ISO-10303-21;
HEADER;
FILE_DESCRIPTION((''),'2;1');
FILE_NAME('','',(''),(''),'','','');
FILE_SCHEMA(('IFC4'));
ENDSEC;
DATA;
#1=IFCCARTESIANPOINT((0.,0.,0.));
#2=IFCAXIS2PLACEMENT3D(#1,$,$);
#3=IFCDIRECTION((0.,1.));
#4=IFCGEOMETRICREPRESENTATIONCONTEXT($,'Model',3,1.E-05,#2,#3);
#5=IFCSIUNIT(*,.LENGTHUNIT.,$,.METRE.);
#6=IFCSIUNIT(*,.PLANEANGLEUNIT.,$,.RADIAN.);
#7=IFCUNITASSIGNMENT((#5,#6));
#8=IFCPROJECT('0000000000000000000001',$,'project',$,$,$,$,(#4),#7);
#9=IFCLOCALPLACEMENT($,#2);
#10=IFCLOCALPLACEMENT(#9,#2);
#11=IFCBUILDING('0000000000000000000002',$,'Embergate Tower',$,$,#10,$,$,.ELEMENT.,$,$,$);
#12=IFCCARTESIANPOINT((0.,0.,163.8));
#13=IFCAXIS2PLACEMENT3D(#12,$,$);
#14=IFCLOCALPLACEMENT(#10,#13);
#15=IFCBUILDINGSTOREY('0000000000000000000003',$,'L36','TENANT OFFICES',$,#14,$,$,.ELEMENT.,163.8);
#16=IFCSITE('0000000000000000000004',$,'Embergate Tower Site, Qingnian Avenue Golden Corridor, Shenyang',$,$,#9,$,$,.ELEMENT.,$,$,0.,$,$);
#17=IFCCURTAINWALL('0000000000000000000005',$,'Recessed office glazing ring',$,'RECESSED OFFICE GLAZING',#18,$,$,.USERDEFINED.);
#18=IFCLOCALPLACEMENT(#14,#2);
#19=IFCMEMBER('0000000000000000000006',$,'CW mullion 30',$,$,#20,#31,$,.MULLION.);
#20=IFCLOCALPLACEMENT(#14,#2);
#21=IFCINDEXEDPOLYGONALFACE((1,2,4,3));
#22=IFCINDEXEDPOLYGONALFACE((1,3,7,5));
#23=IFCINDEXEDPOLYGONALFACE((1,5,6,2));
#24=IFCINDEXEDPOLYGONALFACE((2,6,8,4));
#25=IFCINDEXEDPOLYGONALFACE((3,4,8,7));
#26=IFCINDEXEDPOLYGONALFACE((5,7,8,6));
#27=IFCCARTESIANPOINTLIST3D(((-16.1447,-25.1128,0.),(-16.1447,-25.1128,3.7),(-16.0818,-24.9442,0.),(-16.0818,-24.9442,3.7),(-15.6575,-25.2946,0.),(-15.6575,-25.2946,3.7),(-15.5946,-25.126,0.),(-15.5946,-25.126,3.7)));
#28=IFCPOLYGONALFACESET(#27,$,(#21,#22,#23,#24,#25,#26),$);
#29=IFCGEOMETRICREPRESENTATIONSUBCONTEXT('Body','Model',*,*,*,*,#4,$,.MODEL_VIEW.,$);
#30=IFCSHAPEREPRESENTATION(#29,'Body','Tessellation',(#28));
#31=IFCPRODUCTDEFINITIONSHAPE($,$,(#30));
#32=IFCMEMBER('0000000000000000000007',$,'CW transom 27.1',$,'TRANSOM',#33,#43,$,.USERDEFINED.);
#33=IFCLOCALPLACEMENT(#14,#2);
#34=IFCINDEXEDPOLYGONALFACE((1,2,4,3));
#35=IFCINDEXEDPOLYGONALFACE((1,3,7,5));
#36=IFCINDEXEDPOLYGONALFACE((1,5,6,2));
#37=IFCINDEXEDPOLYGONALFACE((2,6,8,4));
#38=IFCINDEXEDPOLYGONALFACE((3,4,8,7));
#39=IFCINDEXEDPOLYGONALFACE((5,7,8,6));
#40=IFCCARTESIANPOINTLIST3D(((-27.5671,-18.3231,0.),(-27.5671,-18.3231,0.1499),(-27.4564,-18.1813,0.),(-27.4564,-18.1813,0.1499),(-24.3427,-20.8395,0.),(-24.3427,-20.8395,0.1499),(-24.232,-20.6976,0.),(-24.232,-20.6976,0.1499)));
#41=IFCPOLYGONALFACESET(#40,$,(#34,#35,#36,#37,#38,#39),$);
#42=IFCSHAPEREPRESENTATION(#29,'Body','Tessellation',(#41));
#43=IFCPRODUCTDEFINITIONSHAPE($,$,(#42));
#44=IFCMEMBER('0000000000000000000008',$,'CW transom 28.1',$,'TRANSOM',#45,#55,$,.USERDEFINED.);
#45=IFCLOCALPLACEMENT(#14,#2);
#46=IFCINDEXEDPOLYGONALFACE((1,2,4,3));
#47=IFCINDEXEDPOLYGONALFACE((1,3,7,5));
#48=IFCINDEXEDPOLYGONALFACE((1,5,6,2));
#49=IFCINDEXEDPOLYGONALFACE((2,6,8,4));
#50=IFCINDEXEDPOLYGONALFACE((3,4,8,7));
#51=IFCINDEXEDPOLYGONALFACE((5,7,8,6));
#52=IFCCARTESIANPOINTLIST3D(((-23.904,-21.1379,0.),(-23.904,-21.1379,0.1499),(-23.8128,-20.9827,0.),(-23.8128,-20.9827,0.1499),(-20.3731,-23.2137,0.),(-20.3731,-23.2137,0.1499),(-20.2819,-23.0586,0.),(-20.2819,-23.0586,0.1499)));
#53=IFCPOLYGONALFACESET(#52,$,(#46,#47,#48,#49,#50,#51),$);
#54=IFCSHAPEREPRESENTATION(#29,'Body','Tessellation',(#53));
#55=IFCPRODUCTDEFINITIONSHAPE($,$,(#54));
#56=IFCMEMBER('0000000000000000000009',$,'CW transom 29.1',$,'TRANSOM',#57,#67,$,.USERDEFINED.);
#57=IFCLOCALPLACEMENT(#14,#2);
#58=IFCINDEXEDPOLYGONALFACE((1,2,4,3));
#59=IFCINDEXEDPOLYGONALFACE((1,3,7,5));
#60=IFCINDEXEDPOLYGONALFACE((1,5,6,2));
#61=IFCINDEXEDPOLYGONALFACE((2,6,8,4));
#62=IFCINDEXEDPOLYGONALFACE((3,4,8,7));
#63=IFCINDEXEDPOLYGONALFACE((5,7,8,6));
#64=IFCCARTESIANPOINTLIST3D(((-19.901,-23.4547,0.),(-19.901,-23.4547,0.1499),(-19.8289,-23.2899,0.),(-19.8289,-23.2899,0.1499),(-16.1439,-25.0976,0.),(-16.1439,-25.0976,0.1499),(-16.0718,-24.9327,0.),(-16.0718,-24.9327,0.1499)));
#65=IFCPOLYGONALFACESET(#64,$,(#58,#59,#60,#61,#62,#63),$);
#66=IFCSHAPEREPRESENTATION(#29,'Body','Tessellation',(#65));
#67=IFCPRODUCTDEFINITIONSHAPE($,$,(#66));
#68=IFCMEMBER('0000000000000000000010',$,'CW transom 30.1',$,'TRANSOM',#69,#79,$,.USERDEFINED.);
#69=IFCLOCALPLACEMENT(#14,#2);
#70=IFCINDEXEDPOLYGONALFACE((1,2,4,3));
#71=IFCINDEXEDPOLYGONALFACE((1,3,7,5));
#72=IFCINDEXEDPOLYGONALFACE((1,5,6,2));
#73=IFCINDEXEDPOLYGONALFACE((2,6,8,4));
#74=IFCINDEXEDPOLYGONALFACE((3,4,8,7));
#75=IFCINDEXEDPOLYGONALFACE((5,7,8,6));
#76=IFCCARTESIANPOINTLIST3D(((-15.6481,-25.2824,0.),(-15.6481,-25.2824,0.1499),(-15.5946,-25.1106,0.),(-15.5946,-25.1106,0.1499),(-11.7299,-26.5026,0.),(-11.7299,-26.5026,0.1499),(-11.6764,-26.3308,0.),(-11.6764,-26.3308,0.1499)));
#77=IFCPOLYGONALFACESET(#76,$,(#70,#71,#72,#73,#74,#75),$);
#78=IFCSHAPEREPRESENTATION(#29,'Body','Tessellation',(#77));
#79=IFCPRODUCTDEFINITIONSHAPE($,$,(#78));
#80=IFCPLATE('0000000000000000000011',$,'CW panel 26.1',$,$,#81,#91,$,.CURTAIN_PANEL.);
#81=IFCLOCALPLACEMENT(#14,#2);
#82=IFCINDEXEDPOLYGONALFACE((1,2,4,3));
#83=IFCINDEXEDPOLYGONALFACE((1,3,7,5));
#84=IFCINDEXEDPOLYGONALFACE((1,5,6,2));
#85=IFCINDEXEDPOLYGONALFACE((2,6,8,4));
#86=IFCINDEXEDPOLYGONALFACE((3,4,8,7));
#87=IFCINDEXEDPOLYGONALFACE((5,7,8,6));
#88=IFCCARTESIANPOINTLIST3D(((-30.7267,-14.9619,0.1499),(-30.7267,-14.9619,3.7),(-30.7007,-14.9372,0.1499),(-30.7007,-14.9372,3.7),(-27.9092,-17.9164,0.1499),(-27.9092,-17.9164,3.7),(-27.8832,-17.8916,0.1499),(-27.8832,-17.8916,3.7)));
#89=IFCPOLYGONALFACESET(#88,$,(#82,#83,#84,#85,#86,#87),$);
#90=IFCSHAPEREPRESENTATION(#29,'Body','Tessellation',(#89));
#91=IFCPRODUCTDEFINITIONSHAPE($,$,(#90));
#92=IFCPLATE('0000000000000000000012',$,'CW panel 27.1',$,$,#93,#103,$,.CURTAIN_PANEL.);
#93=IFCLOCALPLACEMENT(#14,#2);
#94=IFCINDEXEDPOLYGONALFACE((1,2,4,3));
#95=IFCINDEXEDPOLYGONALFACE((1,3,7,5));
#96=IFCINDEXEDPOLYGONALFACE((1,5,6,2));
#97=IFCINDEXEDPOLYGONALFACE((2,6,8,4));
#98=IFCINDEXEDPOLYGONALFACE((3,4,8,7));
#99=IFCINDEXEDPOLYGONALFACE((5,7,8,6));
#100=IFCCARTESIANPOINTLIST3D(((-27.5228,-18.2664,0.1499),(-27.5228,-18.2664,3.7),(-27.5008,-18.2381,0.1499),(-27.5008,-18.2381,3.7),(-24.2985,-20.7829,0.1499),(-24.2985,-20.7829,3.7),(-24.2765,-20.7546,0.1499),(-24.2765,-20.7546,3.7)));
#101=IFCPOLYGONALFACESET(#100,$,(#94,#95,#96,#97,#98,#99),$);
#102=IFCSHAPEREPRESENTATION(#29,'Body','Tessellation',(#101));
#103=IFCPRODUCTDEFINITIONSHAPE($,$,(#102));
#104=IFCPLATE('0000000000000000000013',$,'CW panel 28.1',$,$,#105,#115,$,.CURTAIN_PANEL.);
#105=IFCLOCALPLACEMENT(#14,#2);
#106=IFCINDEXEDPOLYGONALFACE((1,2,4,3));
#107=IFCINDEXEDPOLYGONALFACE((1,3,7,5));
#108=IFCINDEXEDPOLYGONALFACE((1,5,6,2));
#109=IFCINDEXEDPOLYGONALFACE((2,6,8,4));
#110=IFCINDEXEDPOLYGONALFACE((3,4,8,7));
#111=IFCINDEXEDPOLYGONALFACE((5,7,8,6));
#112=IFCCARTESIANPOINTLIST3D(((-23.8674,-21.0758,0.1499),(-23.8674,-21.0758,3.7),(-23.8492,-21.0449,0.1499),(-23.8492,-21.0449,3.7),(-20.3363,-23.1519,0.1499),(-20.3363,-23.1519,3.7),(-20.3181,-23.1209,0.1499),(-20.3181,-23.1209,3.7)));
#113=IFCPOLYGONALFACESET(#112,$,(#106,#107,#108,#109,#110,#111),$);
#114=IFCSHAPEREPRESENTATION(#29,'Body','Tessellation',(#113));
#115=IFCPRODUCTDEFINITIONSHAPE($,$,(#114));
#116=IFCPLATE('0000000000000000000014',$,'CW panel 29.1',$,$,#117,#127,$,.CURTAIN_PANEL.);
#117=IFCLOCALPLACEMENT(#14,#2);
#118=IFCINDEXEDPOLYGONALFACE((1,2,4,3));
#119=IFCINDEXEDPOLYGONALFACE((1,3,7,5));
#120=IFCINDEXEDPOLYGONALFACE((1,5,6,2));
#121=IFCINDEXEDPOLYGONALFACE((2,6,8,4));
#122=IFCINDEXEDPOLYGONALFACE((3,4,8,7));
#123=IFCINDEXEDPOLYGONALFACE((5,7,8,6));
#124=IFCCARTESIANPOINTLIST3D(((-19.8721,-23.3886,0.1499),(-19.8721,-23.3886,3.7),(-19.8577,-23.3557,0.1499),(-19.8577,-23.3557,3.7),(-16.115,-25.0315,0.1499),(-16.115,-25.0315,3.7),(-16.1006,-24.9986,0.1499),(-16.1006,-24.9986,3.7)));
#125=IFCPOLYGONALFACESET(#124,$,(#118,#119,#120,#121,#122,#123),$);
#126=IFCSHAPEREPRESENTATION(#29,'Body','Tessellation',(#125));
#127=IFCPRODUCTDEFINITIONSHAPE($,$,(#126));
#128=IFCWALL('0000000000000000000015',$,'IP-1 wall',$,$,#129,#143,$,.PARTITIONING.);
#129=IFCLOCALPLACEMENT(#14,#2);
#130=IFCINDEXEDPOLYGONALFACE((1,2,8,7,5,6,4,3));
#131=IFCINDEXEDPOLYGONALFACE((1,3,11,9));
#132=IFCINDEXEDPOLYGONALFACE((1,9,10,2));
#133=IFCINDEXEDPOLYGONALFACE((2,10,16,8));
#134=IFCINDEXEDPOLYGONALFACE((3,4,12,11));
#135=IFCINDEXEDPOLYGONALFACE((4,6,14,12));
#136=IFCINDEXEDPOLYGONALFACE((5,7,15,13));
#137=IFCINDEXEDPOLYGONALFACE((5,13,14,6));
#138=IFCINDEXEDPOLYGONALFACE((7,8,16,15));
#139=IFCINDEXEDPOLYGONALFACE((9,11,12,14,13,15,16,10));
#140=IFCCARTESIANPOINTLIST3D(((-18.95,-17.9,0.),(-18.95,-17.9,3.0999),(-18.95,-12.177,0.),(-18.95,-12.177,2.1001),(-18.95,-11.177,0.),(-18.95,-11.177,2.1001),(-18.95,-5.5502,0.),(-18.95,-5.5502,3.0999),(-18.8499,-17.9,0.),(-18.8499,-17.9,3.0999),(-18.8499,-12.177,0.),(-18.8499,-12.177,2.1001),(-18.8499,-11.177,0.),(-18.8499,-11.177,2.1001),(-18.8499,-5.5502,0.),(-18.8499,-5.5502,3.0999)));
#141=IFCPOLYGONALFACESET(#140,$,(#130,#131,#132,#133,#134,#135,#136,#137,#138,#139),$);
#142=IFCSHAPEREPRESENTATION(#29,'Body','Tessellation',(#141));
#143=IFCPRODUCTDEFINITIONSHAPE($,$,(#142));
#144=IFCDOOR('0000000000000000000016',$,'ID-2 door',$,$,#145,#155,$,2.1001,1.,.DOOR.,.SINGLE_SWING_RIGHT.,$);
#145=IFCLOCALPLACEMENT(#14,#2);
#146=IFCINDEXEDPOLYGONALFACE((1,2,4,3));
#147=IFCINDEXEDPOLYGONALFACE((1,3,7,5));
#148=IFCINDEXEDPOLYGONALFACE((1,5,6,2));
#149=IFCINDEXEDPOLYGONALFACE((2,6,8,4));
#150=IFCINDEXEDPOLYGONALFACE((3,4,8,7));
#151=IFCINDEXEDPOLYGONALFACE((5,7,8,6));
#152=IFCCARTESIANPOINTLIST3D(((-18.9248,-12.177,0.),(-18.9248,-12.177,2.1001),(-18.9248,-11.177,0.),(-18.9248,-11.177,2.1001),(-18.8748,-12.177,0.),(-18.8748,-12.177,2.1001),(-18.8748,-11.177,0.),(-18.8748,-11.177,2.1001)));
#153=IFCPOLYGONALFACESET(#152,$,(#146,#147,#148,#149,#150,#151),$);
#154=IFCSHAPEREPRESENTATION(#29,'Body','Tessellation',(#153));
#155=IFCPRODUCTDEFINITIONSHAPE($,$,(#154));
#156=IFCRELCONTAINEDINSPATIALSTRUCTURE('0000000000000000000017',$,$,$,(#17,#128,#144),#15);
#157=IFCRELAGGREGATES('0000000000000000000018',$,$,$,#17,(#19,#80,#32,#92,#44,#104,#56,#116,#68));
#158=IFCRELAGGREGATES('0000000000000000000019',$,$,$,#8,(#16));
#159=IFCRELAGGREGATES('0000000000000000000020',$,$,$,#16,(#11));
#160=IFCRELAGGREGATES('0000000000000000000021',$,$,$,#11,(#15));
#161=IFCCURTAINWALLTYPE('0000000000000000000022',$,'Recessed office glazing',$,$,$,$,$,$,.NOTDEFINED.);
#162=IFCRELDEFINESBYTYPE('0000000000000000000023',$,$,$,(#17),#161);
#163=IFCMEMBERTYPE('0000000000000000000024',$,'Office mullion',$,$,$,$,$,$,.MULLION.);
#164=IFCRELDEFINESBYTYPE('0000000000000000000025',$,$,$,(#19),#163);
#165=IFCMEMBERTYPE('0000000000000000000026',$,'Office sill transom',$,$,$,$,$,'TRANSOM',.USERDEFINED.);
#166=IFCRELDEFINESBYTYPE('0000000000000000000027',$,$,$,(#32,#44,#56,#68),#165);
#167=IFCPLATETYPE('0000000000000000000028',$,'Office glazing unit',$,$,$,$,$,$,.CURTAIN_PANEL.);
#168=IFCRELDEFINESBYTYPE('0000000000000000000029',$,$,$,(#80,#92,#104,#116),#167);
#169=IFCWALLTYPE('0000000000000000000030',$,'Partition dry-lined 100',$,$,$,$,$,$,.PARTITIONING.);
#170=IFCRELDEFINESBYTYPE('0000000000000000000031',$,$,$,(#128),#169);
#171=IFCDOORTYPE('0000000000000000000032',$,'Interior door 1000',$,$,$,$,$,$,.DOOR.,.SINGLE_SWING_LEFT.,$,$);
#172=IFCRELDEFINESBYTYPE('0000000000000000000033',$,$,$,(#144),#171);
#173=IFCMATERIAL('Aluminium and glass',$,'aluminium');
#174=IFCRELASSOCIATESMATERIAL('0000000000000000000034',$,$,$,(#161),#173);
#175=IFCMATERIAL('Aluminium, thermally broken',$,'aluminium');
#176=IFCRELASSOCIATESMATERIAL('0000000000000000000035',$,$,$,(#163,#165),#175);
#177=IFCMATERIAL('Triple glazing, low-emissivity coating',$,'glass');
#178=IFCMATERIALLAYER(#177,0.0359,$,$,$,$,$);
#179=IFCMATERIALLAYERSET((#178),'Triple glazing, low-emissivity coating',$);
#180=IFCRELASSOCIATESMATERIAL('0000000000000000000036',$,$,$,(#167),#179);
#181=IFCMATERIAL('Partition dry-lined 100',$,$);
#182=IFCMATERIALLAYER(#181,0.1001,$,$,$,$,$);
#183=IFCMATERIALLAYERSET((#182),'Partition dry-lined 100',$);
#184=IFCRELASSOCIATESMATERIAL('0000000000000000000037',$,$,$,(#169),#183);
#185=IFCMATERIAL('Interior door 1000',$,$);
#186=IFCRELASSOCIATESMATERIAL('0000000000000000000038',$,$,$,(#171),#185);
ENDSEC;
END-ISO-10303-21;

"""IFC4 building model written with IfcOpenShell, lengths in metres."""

from ifc_helpers import new_model, si_unit, direction, frame, frame_2d, origin, origin_2d, place, context, subcontext, project, spatial, rectangle, extrude, source, transform, mapped, material, layer, layer_set, material_profile, profile_set, type_object, element, fill, aggregate, save


model = new_model("IFC4")

# Units and contexts
model_context = context("Model", 3, precision=1e-05, world=origin(), true_north=direction((0.0, 1.0)))
body_context = subcontext(model_context, "Body", "Model", "MODEL_VIEW")
ifc_project = project(units=[si_unit("LENGTHUNIT", "METRE"), si_unit("PLANEANGLEUNIT", "RADIAN")], contexts=[model_context])

# Site, building, storey
site_placement = place(None, origin())
site = spatial("IfcSite", under=ifc_project, at=site_placement, Name="Embergate Tower Site, Qingnian Avenue Golden Corridor, Shenyang", CompositionType="ELEMENT", RefElevation=0.0)
building_placement = place(site_placement, origin())
building = spatial("IfcBuilding", under=site, at=building_placement, Name="Embergate Tower", CompositionType="ELEMENT")
storey_placement = place(building_placement, frame((0.0, 0.0, 163.8)))
storey = spatial("IfcBuildingStorey", under=building, at=storey_placement, Name="L36", Description="TENANT OFFICES", CompositionType="ELEMENT", Elevation=163.8)

# Curtain wall, members, plates
ifc_material_1 = material(Name="Aluminium and glass", Category="aluminium")
curtain_wall_type = type_object("IfcCurtainWallType", Name="Recessed office glazing", PredefinedType="NOTDEFINED", material=ifc_material_1)
curtain_wall_placement = place(storey_placement, origin())
curtain_wall = element("IfcCurtainWall", 1, at=curtain_wall_placement, inside=storey, type_object=curtain_wall_type, Name="Recessed office glazing ring", ObjectType="RECESSED OFFICE GLAZING", PredefinedType="USERDEFINED")
ifc_material_2 = material(Name="Aluminium, thermally broken", Category="aluminium")
ifc_material_profile_1 = material_profile(ifc_material_2, rectangle(XDim=0.1799, YDim=0.52, at=origin_2d()), Name="AL 520x180")
ifc_profile_set_1 = profile_set([ifc_material_profile_1], Name="Aluminium, thermally broken")
member_type_1 = type_object("IfcMemberType", Name="Office mullion", PredefinedType="MULLION", material=ifc_profile_set_1)
shared_shape_1 = source(origin(), body_context, "Body", "SweptSolid", [
    extrude(rectangle(XDim=0.1799, YDim=0.52, at=origin_2d()), origin(), (0.0, 0.0, 1.0), 3.7),
])
member_1_placement = place(storey_placement, frame((-15.8696, -25.1194, 0.0), z_axis=(0.0, 0.0, 1.0), x_axis=(0.349503, 0.936935, 0.0)))
member_1 = element("IfcMember", 2, at=member_1_placement, type_object=member_type_1, Name="CW mullion 30", PredefinedType="MULLION", context=body_context, shape_type="MappedRepresentation", body=[
    mapped(shared_shape_1, transform((0.0, 0.0, 0.0))),
])
ifc_material_profile_2 = material_profile(ifc_material_2, rectangle(XDim=0.1799, YDim=0.1499, at=origin_2d()), Name="AL 150x180")
ifc_profile_set_2 = profile_set([ifc_material_profile_2], Name="Aluminium, thermally broken")
member_type_2 = type_object("IfcMemberType", Name="Office sill transom", ElementType="TRANSOM", PredefinedType="USERDEFINED", material=ifc_profile_set_2)
shared_shape_2 = source(origin(), body_context, "Body", "SweptSolid", [
    extrude(rectangle(XDim=0.1799, YDim=0.1499, at=origin_2d()), origin(), (0.0, 0.0, 1.0), 4.0901),
])
member_2_placement = place(storey_placement, frame((-27.5117, -18.2522, 0.075), z_axis=(0.788342, -0.615237, 0.0), x_axis=(0.615237, 0.788342, 0.0)))
member_2 = element("IfcMember", 3, at=member_2_placement, type_object=member_type_2, Name="CW transom 27.1", ObjectType="TRANSOM", PredefinedType="USERDEFINED", context=body_context, shape_type="MappedRepresentation", body=[
    mapped(shared_shape_2, transform((0.0, 0.0, 0.0))),
])
shared_shape_3 = source(origin(), body_context, "Body", "SweptSolid", [
    extrude(rectangle(XDim=0.1799, YDim=0.1499, at=origin_2d()), origin(), (0.0, 0.0, 1.0), 4.0959),
])
member_3_placement = place(storey_placement, frame((-23.8584, -21.0603, 0.075), z_axis=(0.862055, -0.506814, 0.0), x_axis=(0.506814, 0.862055, 0.0)))
member_3 = element("IfcMember", 4, at=member_3_placement, type_object=member_type_2, Name="CW transom 28.1", ObjectType="TRANSOM", PredefinedType="USERDEFINED", context=body_context, shape_type="MappedRepresentation", body=[
    mapped(shared_shape_3, transform((0.0, 0.0, 0.0))),
])
shared_shape_4 = source(origin(), body_context, "Body", "SweptSolid", [
    extrude(rectangle(XDim=0.1799, YDim=0.1499, at=origin_2d()), origin(), (0.0, 0.0, 1.0), 4.1006),
])
member_4_placement = place(storey_placement, frame((-19.865, -23.3723, 0.075), z_axis=(0.916238, -0.400635, 0.0), x_axis=(0.400635, 0.916238, 0.0)))
member_4 = element("IfcMember", 5, at=member_4_placement, type_object=member_type_2, Name="CW transom 29.1", ObjectType="TRANSOM", PredefinedType="USERDEFINED", context=body_context, shape_type="MappedRepresentation", body=[
    mapped(shared_shape_4, transform((0.0, 0.0, 0.0))),
])
shared_shape_5 = source(origin(), body_context, "Body", "SweptSolid", [
    extrude(rectangle(XDim=0.1799, YDim=0.1499, at=origin_2d()), origin(), (0.0, 0.0, 1.0), 4.1038),
])
member_5_placement = place(storey_placement, frame((-15.6213, -25.1965, 0.075), z_axis=(0.954773, -0.297337, 0.0), x_axis=(0.297337, 0.954773, 0.0)))
member_5 = element("IfcMember", 6, at=member_5_placement, type_object=member_type_2, Name="CW transom 30.1", ObjectType="TRANSOM", PredefinedType="USERDEFINED", context=body_context, shape_type="MappedRepresentation", body=[
    mapped(shared_shape_5, transform((0.0, 0.0, 0.0))),
])
ifc_material_3 = material(Name="Triple glazing, low-emissivity coating", Category="glass")
ifc_layer_1 = layer(ifc_material_3, 0.0359)
ifc_layer_set_1 = layer_set([ifc_layer_1], Name="Triple glazing, low-emissivity coating")
plate_type = type_object("IfcPlateType", Name="Office glazing unit", PredefinedType="CURTAIN_PANEL", material=ifc_layer_set_1)
shared_shape_6 = source(origin(), body_context, "Body", "SweptSolid", [
    extrude(rectangle(XDim=4.0825, YDim=0.0359, at=origin_2d()), origin(), (0.0, 0.0, 1.0), 3.55),
])
plate_1_placement = place(storey_placement, frame((-29.3049, -16.4268, 0.1499), z_axis=(0.0, 0.0, 1.0), x_axis=(0.690135, -0.723681, 0.0)))
plate_1 = element("IfcPlate", 7, at=plate_1_placement, type_object=plate_type, Name="CW panel 26.1", PredefinedType="CURTAIN_PANEL", context=body_context, shape_type="MappedRepresentation", body=[
    mapped(shared_shape_6, transform((0.0, 0.0, 0.0))),
])
shared_shape_7 = source(origin(), body_context, "Body", "SweptSolid", [
    extrude(rectangle(XDim=4.0901, YDim=0.0359, at=origin_2d()), origin(), (0.0, 0.0, 1.0), 3.55),
])
plate_2_placement = place(storey_placement, frame((-25.8997, -19.5105, 0.1499), z_axis=(0.0, 0.0, 1.0), x_axis=(0.78832, -0.615265, 0.0)))
plate_2 = element("IfcPlate", 8, at=plate_2_placement, type_object=plate_type, Name="CW panel 27.1", PredefinedType="CURTAIN_PANEL", context=body_context, shape_type="MappedRepresentation", body=[
    mapped(shared_shape_7, transform((0.0, 0.0, 0.0))),
])
shared_shape_8 = source(origin(), body_context, "Body", "SweptSolid", [
    extrude(rectangle(XDim=4.0962, YDim=0.0359, at=origin_2d()), origin(), (0.0, 0.0, 1.0), 3.55),
])
plate_3_placement = place(storey_placement, frame((-22.0928, -22.0984, 0.1499), z_axis=(0.0, 0.0, 1.0), x_axis=(0.862053, -0.506818, 0.0)))
plate_3 = element("IfcPlate", 9, at=plate_3_placement, type_object=plate_type, Name="CW panel 28.1", PredefinedType="CURTAIN_PANEL", context=body_context, shape_type="MappedRepresentation", body=[
    mapped(shared_shape_8, transform((0.0, 0.0, 0.0))),
])
shared_shape_9 = source(origin(), body_context, "Body", "SweptSolid", [
    extrude(rectangle(XDim=4.1006, YDim=0.0359, at=origin_2d()), origin(), (0.0, 0.0, 1.0), 3.55),
])
plate_4_placement = place(storey_placement, frame((-17.9863, -24.1936, 0.1499), z_axis=(0.0, 0.0, 1.0), x_axis=(0.916236, -0.400638, 0.0)))
plate_4 = element("IfcPlate", 10, at=plate_4_placement, type_object=plate_type, Name="CW panel 29.1", PredefinedType="CURTAIN_PANEL", context=body_context, shape_type="MappedRepresentation", body=[
    mapped(shared_shape_9, transform((0.0, 0.0, 0.0))),
])
aggregate(curtain_wall, [member_1, plate_1, member_2, plate_2, member_3, plate_3, member_4, plate_4, member_5])

# Wall, opening, door
ifc_material_4 = material(Name="Partition dry-lined 100")
ifc_layer_2 = layer(ifc_material_4, 0.1001)
ifc_layer_set_2 = layer_set([ifc_layer_2], Name="Partition dry-lined 100")
wall_type = type_object("IfcWallType", Name="Partition dry-lined 100", PredefinedType="PARTITIONING", material=ifc_layer_set_2)
shared_shape_10 = source(origin(), body_context, "Body", "SweptSolid", [
    extrude(rectangle(XDim=12.3499, YDim=0.1001, at=frame_2d((6.1748, 0.0))), origin(), (0.0, 0.0, 1.0), 3.0999),
])
wall_placement = place(storey_placement, frame((-18.8999, -17.8999, 0.0), z_axis=(0.0, 0.0, 1.0), x_axis=(0.0, 1.0, 0.0)))
wall = element("IfcWall", 11, at=wall_placement, inside=storey, type_object=wall_type, Name="IP-1 wall", PredefinedType="PARTITIONING", context=body_context, shape_type="MappedRepresentation", body=[
    mapped(shared_shape_10, transform((0.0, 0.0, 0.0))),
])
shared_shape_11 = source(origin(), body_context, "Body", "SweptSolid", [
    extrude(rectangle(XDim=1.0, YDim=2.1001, at=frame_2d((0.5, 1.05))), frame((0.0, 0.0601, 0.0), z_axis=(0.0, -1.0, 0.0), x_axis=(1.0, 0.0, 0.0)), (0.0, 0.0, 1.0), 0.1201),
])
opening_placement = place(wall_placement, frame((5.7229, 0.0, 0.0)))
opening = element("IfcOpeningElement", 12, at=opening_placement, cuts=wall, PredefinedType="OPENING", context=body_context, shape_type="MappedRepresentation", body=[
    mapped(shared_shape_11, transform((0.0, 0.0, 0.0))),
])
ifc_material_5 = material(Name="Interior door 1000")
door_type = type_object("IfcDoorType", Name="Interior door 1000", OperationType="SINGLE_SWING_LEFT", PredefinedType="DOOR", material=ifc_material_5)
shared_shape_12 = source(origin(), body_context, "Body", "SweptSolid", [
    extrude(rectangle(XDim=1.0, YDim=2.1001, at=frame_2d((0.5, 1.05))), frame((0.0, 0.0249, 0.0), z_axis=(0.0, -1.0, 0.0), x_axis=(1.0, 0.0, 0.0)), (0.0, 0.0, 1.0), 0.05),
])
door_placement = place(opening_placement, origin())
door = element("IfcDoor", 13, at=door_placement, inside=storey, type_object=door_type, Name="ID-2 door", OperationType="SINGLE_SWING_RIGHT", OverallHeight=2.1001, OverallWidth=1.0, PredefinedType="DOOR", context=body_context, shape_type="MappedRepresentation", body=[
    mapped(shared_shape_12, transform((0.0, 0.0, 0.0))),
])
fill(opening, door)

save(model, "model.ifc")
